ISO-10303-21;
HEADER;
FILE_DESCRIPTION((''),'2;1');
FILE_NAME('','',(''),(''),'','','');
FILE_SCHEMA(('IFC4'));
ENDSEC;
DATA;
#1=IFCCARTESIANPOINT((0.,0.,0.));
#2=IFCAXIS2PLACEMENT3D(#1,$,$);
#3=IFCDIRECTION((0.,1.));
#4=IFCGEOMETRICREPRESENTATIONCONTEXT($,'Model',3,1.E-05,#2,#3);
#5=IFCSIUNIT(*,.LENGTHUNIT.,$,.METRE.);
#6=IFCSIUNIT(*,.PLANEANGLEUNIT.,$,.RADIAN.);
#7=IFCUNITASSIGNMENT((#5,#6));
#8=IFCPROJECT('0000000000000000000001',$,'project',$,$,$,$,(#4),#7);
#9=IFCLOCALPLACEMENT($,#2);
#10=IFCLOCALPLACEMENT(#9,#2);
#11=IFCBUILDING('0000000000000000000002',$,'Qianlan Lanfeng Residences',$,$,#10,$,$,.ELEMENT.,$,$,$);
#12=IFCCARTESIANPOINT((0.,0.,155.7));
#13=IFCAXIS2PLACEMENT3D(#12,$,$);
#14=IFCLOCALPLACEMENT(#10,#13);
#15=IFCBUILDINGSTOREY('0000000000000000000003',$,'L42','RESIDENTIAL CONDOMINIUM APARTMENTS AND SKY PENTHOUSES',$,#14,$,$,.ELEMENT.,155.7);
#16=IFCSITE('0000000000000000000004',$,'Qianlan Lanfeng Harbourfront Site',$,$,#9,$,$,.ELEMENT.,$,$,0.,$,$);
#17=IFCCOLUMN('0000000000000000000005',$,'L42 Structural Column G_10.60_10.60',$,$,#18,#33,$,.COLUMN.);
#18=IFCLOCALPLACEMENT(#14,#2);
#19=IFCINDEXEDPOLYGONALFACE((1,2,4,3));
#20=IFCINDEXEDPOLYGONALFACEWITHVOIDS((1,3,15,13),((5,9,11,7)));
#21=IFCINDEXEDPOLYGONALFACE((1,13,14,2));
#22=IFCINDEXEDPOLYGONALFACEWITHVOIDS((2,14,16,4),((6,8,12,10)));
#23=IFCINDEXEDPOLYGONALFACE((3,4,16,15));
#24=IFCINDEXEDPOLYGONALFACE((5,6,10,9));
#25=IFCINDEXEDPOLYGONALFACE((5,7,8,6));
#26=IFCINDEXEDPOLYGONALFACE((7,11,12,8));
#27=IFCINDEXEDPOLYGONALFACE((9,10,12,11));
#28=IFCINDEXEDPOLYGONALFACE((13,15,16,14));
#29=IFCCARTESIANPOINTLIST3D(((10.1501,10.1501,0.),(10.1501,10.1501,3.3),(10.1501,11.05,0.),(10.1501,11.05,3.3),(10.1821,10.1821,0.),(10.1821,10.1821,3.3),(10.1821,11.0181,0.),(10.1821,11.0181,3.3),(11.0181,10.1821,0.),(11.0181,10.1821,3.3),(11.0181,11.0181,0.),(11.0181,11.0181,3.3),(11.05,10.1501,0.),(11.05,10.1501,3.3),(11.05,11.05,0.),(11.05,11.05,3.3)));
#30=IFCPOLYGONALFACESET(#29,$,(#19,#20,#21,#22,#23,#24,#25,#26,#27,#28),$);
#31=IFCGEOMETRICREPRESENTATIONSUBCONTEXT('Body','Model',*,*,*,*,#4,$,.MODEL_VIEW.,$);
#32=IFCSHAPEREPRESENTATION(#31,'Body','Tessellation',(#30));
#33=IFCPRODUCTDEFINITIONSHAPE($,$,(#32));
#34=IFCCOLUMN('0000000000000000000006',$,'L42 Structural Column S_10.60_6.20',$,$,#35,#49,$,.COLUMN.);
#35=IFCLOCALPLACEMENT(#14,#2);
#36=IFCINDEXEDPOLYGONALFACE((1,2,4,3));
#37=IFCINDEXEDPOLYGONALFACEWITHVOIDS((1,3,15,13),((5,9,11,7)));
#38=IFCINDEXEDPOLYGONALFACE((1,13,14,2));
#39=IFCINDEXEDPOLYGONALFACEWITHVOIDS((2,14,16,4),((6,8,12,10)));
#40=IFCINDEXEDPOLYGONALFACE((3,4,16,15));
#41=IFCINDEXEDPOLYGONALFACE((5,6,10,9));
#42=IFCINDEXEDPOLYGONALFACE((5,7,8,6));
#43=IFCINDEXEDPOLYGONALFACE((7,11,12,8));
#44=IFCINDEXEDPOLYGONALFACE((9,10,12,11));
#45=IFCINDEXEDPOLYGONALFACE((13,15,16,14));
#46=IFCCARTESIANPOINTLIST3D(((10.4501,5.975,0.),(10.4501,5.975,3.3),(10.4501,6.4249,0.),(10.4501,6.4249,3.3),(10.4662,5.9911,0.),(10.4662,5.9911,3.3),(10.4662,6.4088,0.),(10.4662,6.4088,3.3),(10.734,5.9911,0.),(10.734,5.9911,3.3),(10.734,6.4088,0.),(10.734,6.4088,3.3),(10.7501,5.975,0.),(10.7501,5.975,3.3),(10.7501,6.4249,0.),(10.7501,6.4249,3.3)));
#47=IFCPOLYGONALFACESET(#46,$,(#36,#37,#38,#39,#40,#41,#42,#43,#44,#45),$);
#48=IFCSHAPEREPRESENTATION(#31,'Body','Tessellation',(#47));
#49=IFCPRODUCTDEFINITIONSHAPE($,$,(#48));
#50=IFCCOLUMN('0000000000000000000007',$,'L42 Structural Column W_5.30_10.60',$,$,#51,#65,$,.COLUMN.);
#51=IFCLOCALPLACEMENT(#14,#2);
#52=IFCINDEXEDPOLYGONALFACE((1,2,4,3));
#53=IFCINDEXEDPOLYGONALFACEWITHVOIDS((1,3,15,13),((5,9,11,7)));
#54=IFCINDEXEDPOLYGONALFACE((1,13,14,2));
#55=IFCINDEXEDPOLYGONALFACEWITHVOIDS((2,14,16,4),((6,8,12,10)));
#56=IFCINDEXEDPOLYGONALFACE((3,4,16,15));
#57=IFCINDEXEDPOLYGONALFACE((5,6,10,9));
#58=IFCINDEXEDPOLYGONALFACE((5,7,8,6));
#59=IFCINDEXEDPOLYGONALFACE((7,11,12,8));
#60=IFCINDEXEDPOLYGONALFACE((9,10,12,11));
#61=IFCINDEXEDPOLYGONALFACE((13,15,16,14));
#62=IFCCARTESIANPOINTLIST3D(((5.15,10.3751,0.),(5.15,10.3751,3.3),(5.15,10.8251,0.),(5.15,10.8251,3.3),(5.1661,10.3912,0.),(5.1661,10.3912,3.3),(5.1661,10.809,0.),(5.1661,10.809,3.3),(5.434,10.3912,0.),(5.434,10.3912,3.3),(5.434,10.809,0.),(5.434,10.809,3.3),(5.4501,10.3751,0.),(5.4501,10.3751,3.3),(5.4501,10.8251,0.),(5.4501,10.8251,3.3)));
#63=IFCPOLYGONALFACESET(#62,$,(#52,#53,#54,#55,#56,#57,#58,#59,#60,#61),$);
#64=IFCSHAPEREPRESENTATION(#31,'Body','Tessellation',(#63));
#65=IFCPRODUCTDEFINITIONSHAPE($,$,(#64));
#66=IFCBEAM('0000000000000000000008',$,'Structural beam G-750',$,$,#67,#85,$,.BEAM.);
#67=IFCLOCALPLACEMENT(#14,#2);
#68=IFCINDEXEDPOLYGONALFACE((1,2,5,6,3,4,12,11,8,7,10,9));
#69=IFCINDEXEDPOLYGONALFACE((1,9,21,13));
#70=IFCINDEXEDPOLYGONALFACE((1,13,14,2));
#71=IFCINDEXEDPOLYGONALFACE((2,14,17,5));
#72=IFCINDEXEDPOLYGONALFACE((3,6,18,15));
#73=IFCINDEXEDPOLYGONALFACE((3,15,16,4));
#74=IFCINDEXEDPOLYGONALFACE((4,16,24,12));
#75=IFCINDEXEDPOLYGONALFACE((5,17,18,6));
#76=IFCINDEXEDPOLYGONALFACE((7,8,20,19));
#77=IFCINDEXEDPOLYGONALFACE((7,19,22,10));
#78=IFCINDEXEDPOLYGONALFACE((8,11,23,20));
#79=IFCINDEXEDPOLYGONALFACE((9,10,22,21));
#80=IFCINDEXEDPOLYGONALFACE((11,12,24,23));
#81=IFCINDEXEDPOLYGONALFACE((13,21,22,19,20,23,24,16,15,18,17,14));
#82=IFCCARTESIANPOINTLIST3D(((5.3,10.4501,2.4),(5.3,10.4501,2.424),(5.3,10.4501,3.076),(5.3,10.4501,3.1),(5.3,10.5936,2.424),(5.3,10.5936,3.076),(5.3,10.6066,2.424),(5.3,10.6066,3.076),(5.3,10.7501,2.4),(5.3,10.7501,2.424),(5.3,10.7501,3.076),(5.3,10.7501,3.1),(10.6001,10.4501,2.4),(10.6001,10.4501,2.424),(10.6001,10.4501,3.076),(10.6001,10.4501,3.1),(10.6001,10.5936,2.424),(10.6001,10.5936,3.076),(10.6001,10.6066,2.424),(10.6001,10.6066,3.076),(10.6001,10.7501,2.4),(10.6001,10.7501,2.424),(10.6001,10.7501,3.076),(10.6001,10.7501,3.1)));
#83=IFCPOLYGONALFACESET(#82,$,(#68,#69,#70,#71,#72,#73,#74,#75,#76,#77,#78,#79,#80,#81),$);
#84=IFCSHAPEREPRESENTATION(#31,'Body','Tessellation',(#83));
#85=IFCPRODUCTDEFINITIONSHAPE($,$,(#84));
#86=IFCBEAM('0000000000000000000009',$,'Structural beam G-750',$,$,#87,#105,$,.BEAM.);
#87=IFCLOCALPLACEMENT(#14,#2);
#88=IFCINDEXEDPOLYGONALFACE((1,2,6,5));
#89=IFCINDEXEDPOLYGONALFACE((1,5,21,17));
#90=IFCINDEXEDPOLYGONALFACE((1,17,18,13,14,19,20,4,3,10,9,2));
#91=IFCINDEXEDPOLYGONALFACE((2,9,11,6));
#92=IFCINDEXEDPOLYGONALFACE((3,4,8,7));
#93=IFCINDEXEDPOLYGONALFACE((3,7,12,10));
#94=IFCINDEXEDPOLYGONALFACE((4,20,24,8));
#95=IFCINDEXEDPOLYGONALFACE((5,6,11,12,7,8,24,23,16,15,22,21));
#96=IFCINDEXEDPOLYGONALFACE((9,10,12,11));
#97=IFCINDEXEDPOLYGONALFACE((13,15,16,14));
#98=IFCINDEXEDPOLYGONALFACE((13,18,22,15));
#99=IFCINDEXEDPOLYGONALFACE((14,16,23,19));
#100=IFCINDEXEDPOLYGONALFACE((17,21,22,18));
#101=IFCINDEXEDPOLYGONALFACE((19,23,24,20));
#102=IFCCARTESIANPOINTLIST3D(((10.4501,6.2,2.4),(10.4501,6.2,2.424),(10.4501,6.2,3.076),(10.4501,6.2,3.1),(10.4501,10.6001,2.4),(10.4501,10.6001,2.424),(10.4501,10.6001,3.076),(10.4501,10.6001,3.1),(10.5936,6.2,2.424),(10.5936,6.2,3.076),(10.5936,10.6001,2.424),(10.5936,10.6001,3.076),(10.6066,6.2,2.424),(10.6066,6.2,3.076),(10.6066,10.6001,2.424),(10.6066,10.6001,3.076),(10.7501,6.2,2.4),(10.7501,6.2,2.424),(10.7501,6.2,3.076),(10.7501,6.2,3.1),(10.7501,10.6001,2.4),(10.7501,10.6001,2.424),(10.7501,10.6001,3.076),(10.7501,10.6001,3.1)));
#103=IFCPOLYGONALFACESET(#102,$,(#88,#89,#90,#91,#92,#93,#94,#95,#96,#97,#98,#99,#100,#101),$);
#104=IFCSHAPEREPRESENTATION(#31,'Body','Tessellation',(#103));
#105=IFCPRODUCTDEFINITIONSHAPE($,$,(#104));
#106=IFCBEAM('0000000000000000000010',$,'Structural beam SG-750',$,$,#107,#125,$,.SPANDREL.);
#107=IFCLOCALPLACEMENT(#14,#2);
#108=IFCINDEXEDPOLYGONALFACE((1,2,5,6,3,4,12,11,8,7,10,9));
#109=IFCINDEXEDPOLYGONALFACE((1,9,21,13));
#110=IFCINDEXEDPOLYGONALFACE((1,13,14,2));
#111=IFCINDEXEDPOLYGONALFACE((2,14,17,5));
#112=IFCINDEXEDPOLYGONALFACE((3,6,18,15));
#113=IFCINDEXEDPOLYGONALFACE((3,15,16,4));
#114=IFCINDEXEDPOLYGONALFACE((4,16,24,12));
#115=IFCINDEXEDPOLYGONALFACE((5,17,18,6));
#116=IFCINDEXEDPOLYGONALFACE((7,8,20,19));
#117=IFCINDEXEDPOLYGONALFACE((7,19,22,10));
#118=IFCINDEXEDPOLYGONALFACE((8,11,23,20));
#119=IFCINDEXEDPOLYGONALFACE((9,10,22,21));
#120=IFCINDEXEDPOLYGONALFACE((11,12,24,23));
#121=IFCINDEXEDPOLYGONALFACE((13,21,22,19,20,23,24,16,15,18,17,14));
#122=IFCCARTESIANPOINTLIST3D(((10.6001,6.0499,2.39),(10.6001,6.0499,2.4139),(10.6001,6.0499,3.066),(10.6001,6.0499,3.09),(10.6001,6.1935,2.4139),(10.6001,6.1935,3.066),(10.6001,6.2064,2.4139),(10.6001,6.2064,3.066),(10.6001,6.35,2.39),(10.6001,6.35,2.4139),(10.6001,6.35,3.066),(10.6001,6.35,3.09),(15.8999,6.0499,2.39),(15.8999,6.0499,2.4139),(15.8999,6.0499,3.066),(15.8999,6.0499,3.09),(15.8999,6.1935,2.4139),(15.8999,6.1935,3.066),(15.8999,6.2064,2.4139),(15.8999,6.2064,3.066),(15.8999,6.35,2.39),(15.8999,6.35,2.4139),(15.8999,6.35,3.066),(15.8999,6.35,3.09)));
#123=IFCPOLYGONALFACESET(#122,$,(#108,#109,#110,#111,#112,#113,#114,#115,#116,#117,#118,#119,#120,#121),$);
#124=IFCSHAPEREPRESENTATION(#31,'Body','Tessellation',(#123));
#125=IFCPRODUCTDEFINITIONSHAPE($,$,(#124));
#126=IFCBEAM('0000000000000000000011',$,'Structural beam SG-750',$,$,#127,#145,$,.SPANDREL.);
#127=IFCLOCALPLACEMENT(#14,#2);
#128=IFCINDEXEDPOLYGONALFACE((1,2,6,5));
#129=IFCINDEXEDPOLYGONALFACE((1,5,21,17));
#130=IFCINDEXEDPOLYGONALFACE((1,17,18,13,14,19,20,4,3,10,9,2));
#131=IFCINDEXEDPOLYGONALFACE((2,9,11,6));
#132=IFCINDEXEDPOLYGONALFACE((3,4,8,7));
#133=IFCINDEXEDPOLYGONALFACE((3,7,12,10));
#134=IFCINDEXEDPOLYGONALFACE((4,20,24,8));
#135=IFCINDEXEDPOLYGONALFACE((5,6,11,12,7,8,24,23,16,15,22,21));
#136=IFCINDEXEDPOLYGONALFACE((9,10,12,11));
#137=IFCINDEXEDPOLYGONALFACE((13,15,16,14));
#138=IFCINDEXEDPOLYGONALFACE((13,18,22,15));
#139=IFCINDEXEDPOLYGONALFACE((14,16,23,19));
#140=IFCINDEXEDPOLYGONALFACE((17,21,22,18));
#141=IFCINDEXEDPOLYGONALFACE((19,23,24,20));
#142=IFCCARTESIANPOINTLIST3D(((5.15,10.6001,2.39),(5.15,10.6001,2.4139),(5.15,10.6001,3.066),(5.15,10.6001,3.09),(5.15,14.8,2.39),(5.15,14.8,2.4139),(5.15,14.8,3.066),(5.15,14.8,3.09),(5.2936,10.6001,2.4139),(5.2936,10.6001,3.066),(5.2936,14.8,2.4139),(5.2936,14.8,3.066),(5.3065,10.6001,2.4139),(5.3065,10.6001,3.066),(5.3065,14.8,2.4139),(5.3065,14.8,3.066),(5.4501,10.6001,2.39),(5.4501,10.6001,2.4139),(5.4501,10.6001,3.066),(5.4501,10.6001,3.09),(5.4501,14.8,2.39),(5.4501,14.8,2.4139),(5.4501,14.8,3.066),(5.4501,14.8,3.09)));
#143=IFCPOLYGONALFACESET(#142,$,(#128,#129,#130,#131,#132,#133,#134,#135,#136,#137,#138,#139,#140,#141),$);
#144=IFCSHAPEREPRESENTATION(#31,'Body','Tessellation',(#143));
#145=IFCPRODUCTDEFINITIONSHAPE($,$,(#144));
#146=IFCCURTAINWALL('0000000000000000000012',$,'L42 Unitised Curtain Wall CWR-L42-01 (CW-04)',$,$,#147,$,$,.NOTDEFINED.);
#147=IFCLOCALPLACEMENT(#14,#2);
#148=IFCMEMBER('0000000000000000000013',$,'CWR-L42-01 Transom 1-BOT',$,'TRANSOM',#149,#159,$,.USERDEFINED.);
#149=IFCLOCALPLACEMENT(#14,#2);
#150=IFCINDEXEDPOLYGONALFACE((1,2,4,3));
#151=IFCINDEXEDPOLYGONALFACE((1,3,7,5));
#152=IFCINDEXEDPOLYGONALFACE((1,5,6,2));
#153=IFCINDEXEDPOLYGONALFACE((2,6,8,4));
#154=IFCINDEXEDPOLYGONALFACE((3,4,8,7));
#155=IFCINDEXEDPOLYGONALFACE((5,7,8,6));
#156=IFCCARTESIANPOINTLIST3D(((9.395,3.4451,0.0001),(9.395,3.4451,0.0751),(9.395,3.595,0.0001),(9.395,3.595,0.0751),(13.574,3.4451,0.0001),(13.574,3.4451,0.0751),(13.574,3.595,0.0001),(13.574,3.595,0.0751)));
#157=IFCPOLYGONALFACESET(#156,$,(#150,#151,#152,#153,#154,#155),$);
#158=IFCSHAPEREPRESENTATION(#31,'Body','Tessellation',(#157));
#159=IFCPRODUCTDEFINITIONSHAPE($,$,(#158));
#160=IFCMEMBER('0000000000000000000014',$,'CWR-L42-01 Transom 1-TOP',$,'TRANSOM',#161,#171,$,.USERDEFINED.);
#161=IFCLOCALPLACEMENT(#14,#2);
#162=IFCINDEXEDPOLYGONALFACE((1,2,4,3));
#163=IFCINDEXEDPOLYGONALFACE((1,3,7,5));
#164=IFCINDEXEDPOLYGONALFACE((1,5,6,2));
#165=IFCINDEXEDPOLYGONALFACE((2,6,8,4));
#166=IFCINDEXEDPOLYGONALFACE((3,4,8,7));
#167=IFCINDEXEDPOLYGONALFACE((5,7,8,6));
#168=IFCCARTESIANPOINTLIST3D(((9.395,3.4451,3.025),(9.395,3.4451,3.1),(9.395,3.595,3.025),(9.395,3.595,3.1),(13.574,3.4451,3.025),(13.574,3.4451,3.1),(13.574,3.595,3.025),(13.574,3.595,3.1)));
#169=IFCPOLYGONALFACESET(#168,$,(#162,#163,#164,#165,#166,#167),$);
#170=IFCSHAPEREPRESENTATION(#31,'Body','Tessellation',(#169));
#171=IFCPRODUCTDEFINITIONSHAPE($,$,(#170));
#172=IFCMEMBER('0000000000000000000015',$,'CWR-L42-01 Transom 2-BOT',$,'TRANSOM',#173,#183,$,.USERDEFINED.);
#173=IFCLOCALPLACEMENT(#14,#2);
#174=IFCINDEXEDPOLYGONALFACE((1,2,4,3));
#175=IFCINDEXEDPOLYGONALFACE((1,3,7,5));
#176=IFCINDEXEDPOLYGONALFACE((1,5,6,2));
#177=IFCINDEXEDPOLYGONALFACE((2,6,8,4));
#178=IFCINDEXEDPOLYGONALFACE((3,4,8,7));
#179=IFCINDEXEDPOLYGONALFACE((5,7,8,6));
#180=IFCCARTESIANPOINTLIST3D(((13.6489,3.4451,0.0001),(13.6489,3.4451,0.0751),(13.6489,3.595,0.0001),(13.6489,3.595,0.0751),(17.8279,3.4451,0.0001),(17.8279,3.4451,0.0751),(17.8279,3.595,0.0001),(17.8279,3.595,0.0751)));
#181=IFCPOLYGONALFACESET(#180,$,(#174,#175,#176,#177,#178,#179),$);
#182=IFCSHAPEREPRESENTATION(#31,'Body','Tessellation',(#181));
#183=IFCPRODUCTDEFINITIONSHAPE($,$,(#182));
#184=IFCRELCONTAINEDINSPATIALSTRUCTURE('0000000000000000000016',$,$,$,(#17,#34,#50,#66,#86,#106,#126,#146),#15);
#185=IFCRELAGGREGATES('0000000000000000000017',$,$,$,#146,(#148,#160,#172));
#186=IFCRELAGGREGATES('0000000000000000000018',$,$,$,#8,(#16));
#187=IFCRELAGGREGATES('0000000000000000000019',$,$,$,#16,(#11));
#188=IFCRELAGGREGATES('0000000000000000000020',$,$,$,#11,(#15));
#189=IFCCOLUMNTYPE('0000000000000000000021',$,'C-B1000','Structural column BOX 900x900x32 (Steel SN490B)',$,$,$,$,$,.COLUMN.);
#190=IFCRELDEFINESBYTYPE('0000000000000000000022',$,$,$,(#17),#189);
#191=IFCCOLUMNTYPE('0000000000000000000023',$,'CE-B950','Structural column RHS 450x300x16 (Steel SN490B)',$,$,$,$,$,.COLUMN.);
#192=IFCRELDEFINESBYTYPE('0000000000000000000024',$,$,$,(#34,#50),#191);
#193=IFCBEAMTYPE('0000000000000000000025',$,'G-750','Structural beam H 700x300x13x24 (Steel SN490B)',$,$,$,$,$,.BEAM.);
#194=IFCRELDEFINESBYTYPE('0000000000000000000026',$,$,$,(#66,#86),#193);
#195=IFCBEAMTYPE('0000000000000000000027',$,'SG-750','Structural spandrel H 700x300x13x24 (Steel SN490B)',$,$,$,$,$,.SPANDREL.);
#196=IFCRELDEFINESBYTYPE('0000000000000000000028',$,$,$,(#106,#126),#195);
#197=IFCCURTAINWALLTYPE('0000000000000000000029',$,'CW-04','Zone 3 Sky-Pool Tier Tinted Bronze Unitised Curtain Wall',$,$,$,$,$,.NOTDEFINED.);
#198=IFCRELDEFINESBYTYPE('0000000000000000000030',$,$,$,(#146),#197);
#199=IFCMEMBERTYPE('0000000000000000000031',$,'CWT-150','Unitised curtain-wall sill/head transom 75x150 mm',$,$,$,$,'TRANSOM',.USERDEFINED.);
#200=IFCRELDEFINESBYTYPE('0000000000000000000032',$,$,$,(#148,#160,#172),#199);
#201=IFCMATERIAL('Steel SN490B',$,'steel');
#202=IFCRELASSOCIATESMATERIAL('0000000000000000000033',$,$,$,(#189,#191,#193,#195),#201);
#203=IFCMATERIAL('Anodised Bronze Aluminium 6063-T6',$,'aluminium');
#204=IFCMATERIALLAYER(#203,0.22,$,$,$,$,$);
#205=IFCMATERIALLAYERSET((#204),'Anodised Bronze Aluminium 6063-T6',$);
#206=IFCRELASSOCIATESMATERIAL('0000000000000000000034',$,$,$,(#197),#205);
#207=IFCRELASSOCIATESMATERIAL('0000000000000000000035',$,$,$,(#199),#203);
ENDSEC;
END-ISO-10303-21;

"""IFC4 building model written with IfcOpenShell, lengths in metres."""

from ifc_helpers import new_model, si_unit, direction, frame, origin, origin_2d, place, context, subcontext, project, spatial, rectangle, hollow_rectangle, i_section, extrude, source, transform, mapped, material, layer, layer_set, material_profile, profile_set, type_object, element, aggregate, save


model = new_model("IFC4")

# Units and contexts
model_context = context("Model", 3, precision=1e-05, world=origin(), true_north=direction((0.0, 1.0)))
body_context = subcontext(model_context, "Body", "Model", "MODEL_VIEW")
ifc_project = project(units=[si_unit("LENGTHUNIT", "METRE"), si_unit("PLANEANGLEUNIT", "RADIAN")], contexts=[model_context])

# Site, building, storey
site_placement = place(None, origin())
site = spatial("IfcSite", under=ifc_project, at=site_placement, Name="Qianlan Lanfeng Harbourfront Site", CompositionType="ELEMENT", RefElevation=0.0)
building_placement = place(site_placement, origin())
building = spatial("IfcBuilding", under=site, at=building_placement, Name="Qianlan Lanfeng Residences", CompositionType="ELEMENT")
storey_placement = place(building_placement, frame((0.0, 0.0, 155.7)))
storey = spatial("IfcBuildingStorey", under=building, at=storey_placement, Name="L42", Description="RESIDENTIAL CONDOMINIUM APARTMENTS AND SKY PENTHOUSES", CompositionType="ELEMENT", Elevation=155.7)

# Columns
ifc_material_1 = material(Name="Steel SN490B", Category="steel")
ifc_material_profile_1 = material_profile(ifc_material_1, hollow_rectangle(XDim=0.8999, YDim=0.8999, WallThickness=0.032, at=origin_2d()), Name="BOX 900x900x32")
ifc_profile_set_1 = profile_set([ifc_material_profile_1], Name="Steel SN490B")
column_type_1 = type_object("IfcColumnType", Name="C-B1000", Description="Structural column BOX 900x900x32 (Steel SN490B)", PredefinedType="COLUMN", material=ifc_profile_set_1)
column_placement = place(storey_placement, frame((10.6001, 10.6001, 0.0), z_axis=(0.0, 0.0, 1.0), x_axis=(1.0, 0.0, 0.0)))
element("IfcColumn", 1, at=column_placement, inside=storey, type_object=column_type_1, Name="L42 Structural Column G_10.60_10.60", PredefinedType="COLUMN", context=body_context, shape_type="SweptSolid", body=[
    extrude(hollow_rectangle(XDim=0.8999, YDim=0.8999, WallThickness=0.032, at=origin_2d()), origin(), (0.0, 0.0, 1.0), 3.3),
])
ifc_material_profile_2 = material_profile(ifc_material_1, hollow_rectangle(XDim=0.3, YDim=0.45, WallThickness=0.0161, at=origin_2d()), Name="RHS 450x300x16")
ifc_profile_set_2 = profile_set([ifc_material_profile_2], Name="Steel SN490B")
column_type_2 = type_object("IfcColumnType", Name="CE-B950", Description="Structural column RHS 450x300x16 (Steel SN490B)", PredefinedType="COLUMN", material=ifc_profile_set_2)
for number, where, z_axis, x_axis, name in (
    (2, (10.6001, 6.2, 0.0), (0.0, 0.0, 1.0), (1.0, 0.0, 0.0), "L42 Structural Column S_10.60_6.20"),
    (3, (5.3, 10.6001, 0.0), (0.0, 0.0, 1.0), (1.0, 0.0, 0.0), "L42 Structural Column W_5.30_10.60"),
):
    element("IfcColumn", number, at=place(storey_placement, frame(where, z_axis=z_axis, x_axis=x_axis)), inside=storey, type_object=column_type_2, Name=name, PredefinedType="COLUMN", context=body_context, shape_type="SweptSolid", body=[
        extrude(hollow_rectangle(XDim=0.3, YDim=0.45, WallThickness=0.0161, at=origin_2d()), origin(), (0.0, 0.0, 1.0), 3.3),
    ])

# Beams
ifc_material_profile_3 = material_profile(ifc_material_1, i_section(OverallWidth=0.3, OverallDepth=0.7, WebThickness=0.0129, FlangeThickness=0.0239, at=origin_2d()), Name="H 700x300x13x24")
ifc_profile_set_3 = profile_set([ifc_material_profile_3], Name="Steel SN490B")
beam_type_1 = type_object("IfcBeamType", Name="G-750", Description="Structural beam H 700x300x13x24 (Steel SN490B)", PredefinedType="BEAM", material=ifc_profile_set_3)
beam_1_placement = place(storey_placement, frame((5.3, 10.6001, 2.75), z_axis=(1.0, 0.0, 0.0), x_axis=(0.0, 1.0, 0.0)))
element("IfcBeam", 4, at=beam_1_placement, inside=storey, type_object=beam_type_1, Name="Structural beam G-750", PredefinedType="BEAM", context=body_context, shape_type="SweptSolid", body=[
    extrude(i_section(OverallWidth=0.3, OverallDepth=0.7, WebThickness=0.0129, FlangeThickness=0.0239, at=origin_2d()), origin(), (0.0, 0.0, 1.0), 5.3),
])
beam_2_placement = place(storey_placement, frame((10.6001, 6.2, 2.75), z_axis=(0.0, 1.0, 0.0), x_axis=(-1.0, 0.0, 0.0)))
element("IfcBeam", 5, at=beam_2_placement, inside=storey, type_object=beam_type_1, Name="Structural beam G-750", PredefinedType="BEAM", context=body_context, shape_type="SweptSolid", body=[
    extrude(i_section(OverallWidth=0.3, OverallDepth=0.7, WebThickness=0.0129, FlangeThickness=0.0239, at=origin_2d()), origin(), (0.0, 0.0, 1.0), 4.4001),
])
ifc_material_profile_4 = material_profile(ifc_material_1, i_section(OverallWidth=0.3, OverallDepth=0.7, WebThickness=0.0129, FlangeThickness=0.0239, at=origin_2d()), Name="H 700x300x13x24")
ifc_profile_set_4 = profile_set([ifc_material_profile_4], Name="Steel SN490B")
beam_type_2 = type_object("IfcBeamType", Name="SG-750", Description="Structural spandrel H 700x300x13x24 (Steel SN490B)", PredefinedType="SPANDREL", material=ifc_profile_set_4)
beam_3_placement = place(storey_placement, frame((10.6001, 6.2, 2.74), z_axis=(1.0, 0.0, 0.0), x_axis=(0.0, 1.0, 0.0)))
element("IfcBeam", 6, at=beam_3_placement, inside=storey, type_object=beam_type_2, Name="Structural beam SG-750", PredefinedType="SPANDREL", context=body_context, shape_type="SweptSolid", body=[
    extrude(i_section(OverallWidth=0.3, OverallDepth=0.7, WebThickness=0.0129, FlangeThickness=0.0239, at=origin_2d()), origin(), (0.0, 0.0, 1.0), 5.2998),
])
beam_4_placement = place(storey_placement, frame((5.3, 10.6001, 2.74), z_axis=(0.0, 1.0, 0.0), x_axis=(-1.0, 0.0, 0.0)))
element("IfcBeam", 7, at=beam_4_placement, inside=storey, type_object=beam_type_2, Name="Structural beam SG-750", PredefinedType="SPANDREL", context=body_context, shape_type="SweptSolid", body=[
    extrude(i_section(OverallWidth=0.3, OverallDepth=0.7, WebThickness=0.0129, FlangeThickness=0.0239, at=origin_2d()), origin(), (0.0, 0.0, 1.0), 4.2),
])

# Curtain wall, members
ifc_material_2 = material(Name="Anodised Bronze Aluminium 6063-T6", Category="aluminium")
ifc_layer_1 = layer(ifc_material_2, 0.22)
ifc_layer_set_1 = layer_set([ifc_layer_1], Name="Anodised Bronze Aluminium 6063-T6")
curtain_wall_type = type_object("IfcCurtainWallType", Name="CW-04", Description="Zone 3 Sky-Pool Tier Tinted Bronze Unitised Curtain Wall", PredefinedType="NOTDEFINED", material=ifc_layer_set_1)
curtain_wall_placement = place(storey_placement, origin())
curtain_wall = element("IfcCurtainWall", 8, at=curtain_wall_placement, inside=storey, type_object=curtain_wall_type, Name="L42 Unitised Curtain Wall CWR-L42-01 (CW-04)", PredefinedType="NOTDEFINED")
ifc_material_profile_5 = material_profile(ifc_material_2, rectangle(XDim=0.075, YDim=0.1499, at=origin_2d()), Name="ALU TRANSOM 75x150")
ifc_profile_set_5 = profile_set([ifc_material_profile_5], Name="Anodised Bronze Aluminium 6063-T6")
member_type_1 = type_object("IfcMemberType", Name="CWT-150", Description="Unitised curtain-wall sill/head transom 75x150 mm", ElementType="TRANSOM", PredefinedType="USERDEFINED", material=ifc_profile_set_5)
shared_shape_1 = source(origin(), body_context, "Body", "SweptSolid", [
    extrude(rectangle(XDim=0.075, YDim=0.1499, at=origin_2d()), origin(), (0.0, 0.0, 1.0), 4.179),
])
member_1_placement = place(storey_placement, frame((9.395, 3.52, 0.0376), z_axis=(1.0, 0.0, 0.0), x_axis=(0.0, 0.0, 1.0)))
member_1 = element("IfcMember", 9, at=member_1_placement, type_object=member_type_1, Name="CWR-L42-01 Transom 1-BOT", ObjectType="TRANSOM", PredefinedType="USERDEFINED", context=body_context, shape_type="MappedRepresentation", body=[
    mapped(shared_shape_1, transform((0.0, 0.0, 0.0), scale=1.0)),
])
member_2_placement = place(storey_placement, frame((9.395, 3.52, 3.0625), z_axis=(1.0, 0.0, 0.0), x_axis=(0.0, 0.0, 1.0)))
member_2 = element("IfcMember", 10, at=member_2_placement, type_object=member_type_1, Name="CWR-L42-01 Transom 1-TOP", ObjectType="TRANSOM", PredefinedType="USERDEFINED", context=body_context, shape_type="MappedRepresentation", body=[
    mapped(shared_shape_1, transform((0.0, 0.0, 0.0), scale=1.0)),
])
member_3_placement = place(storey_placement, frame((13.6489, 3.52, 0.0376), z_axis=(1.0, 0.0, 0.0), x_axis=(0.0, 0.0, 1.0)))
member_3 = element("IfcMember", 11, at=member_3_placement, type_object=member_type_1, Name="CWR-L42-01 Transom 2-BOT", ObjectType="TRANSOM", PredefinedType="USERDEFINED", context=body_context, shape_type="MappedRepresentation", body=[
    mapped(shared_shape_1, transform((0.0, 0.0, 0.0), scale=1.0)),
])
aggregate(curtain_wall, [member_1, member_2, member_3])

save(model, "model.ifc")
